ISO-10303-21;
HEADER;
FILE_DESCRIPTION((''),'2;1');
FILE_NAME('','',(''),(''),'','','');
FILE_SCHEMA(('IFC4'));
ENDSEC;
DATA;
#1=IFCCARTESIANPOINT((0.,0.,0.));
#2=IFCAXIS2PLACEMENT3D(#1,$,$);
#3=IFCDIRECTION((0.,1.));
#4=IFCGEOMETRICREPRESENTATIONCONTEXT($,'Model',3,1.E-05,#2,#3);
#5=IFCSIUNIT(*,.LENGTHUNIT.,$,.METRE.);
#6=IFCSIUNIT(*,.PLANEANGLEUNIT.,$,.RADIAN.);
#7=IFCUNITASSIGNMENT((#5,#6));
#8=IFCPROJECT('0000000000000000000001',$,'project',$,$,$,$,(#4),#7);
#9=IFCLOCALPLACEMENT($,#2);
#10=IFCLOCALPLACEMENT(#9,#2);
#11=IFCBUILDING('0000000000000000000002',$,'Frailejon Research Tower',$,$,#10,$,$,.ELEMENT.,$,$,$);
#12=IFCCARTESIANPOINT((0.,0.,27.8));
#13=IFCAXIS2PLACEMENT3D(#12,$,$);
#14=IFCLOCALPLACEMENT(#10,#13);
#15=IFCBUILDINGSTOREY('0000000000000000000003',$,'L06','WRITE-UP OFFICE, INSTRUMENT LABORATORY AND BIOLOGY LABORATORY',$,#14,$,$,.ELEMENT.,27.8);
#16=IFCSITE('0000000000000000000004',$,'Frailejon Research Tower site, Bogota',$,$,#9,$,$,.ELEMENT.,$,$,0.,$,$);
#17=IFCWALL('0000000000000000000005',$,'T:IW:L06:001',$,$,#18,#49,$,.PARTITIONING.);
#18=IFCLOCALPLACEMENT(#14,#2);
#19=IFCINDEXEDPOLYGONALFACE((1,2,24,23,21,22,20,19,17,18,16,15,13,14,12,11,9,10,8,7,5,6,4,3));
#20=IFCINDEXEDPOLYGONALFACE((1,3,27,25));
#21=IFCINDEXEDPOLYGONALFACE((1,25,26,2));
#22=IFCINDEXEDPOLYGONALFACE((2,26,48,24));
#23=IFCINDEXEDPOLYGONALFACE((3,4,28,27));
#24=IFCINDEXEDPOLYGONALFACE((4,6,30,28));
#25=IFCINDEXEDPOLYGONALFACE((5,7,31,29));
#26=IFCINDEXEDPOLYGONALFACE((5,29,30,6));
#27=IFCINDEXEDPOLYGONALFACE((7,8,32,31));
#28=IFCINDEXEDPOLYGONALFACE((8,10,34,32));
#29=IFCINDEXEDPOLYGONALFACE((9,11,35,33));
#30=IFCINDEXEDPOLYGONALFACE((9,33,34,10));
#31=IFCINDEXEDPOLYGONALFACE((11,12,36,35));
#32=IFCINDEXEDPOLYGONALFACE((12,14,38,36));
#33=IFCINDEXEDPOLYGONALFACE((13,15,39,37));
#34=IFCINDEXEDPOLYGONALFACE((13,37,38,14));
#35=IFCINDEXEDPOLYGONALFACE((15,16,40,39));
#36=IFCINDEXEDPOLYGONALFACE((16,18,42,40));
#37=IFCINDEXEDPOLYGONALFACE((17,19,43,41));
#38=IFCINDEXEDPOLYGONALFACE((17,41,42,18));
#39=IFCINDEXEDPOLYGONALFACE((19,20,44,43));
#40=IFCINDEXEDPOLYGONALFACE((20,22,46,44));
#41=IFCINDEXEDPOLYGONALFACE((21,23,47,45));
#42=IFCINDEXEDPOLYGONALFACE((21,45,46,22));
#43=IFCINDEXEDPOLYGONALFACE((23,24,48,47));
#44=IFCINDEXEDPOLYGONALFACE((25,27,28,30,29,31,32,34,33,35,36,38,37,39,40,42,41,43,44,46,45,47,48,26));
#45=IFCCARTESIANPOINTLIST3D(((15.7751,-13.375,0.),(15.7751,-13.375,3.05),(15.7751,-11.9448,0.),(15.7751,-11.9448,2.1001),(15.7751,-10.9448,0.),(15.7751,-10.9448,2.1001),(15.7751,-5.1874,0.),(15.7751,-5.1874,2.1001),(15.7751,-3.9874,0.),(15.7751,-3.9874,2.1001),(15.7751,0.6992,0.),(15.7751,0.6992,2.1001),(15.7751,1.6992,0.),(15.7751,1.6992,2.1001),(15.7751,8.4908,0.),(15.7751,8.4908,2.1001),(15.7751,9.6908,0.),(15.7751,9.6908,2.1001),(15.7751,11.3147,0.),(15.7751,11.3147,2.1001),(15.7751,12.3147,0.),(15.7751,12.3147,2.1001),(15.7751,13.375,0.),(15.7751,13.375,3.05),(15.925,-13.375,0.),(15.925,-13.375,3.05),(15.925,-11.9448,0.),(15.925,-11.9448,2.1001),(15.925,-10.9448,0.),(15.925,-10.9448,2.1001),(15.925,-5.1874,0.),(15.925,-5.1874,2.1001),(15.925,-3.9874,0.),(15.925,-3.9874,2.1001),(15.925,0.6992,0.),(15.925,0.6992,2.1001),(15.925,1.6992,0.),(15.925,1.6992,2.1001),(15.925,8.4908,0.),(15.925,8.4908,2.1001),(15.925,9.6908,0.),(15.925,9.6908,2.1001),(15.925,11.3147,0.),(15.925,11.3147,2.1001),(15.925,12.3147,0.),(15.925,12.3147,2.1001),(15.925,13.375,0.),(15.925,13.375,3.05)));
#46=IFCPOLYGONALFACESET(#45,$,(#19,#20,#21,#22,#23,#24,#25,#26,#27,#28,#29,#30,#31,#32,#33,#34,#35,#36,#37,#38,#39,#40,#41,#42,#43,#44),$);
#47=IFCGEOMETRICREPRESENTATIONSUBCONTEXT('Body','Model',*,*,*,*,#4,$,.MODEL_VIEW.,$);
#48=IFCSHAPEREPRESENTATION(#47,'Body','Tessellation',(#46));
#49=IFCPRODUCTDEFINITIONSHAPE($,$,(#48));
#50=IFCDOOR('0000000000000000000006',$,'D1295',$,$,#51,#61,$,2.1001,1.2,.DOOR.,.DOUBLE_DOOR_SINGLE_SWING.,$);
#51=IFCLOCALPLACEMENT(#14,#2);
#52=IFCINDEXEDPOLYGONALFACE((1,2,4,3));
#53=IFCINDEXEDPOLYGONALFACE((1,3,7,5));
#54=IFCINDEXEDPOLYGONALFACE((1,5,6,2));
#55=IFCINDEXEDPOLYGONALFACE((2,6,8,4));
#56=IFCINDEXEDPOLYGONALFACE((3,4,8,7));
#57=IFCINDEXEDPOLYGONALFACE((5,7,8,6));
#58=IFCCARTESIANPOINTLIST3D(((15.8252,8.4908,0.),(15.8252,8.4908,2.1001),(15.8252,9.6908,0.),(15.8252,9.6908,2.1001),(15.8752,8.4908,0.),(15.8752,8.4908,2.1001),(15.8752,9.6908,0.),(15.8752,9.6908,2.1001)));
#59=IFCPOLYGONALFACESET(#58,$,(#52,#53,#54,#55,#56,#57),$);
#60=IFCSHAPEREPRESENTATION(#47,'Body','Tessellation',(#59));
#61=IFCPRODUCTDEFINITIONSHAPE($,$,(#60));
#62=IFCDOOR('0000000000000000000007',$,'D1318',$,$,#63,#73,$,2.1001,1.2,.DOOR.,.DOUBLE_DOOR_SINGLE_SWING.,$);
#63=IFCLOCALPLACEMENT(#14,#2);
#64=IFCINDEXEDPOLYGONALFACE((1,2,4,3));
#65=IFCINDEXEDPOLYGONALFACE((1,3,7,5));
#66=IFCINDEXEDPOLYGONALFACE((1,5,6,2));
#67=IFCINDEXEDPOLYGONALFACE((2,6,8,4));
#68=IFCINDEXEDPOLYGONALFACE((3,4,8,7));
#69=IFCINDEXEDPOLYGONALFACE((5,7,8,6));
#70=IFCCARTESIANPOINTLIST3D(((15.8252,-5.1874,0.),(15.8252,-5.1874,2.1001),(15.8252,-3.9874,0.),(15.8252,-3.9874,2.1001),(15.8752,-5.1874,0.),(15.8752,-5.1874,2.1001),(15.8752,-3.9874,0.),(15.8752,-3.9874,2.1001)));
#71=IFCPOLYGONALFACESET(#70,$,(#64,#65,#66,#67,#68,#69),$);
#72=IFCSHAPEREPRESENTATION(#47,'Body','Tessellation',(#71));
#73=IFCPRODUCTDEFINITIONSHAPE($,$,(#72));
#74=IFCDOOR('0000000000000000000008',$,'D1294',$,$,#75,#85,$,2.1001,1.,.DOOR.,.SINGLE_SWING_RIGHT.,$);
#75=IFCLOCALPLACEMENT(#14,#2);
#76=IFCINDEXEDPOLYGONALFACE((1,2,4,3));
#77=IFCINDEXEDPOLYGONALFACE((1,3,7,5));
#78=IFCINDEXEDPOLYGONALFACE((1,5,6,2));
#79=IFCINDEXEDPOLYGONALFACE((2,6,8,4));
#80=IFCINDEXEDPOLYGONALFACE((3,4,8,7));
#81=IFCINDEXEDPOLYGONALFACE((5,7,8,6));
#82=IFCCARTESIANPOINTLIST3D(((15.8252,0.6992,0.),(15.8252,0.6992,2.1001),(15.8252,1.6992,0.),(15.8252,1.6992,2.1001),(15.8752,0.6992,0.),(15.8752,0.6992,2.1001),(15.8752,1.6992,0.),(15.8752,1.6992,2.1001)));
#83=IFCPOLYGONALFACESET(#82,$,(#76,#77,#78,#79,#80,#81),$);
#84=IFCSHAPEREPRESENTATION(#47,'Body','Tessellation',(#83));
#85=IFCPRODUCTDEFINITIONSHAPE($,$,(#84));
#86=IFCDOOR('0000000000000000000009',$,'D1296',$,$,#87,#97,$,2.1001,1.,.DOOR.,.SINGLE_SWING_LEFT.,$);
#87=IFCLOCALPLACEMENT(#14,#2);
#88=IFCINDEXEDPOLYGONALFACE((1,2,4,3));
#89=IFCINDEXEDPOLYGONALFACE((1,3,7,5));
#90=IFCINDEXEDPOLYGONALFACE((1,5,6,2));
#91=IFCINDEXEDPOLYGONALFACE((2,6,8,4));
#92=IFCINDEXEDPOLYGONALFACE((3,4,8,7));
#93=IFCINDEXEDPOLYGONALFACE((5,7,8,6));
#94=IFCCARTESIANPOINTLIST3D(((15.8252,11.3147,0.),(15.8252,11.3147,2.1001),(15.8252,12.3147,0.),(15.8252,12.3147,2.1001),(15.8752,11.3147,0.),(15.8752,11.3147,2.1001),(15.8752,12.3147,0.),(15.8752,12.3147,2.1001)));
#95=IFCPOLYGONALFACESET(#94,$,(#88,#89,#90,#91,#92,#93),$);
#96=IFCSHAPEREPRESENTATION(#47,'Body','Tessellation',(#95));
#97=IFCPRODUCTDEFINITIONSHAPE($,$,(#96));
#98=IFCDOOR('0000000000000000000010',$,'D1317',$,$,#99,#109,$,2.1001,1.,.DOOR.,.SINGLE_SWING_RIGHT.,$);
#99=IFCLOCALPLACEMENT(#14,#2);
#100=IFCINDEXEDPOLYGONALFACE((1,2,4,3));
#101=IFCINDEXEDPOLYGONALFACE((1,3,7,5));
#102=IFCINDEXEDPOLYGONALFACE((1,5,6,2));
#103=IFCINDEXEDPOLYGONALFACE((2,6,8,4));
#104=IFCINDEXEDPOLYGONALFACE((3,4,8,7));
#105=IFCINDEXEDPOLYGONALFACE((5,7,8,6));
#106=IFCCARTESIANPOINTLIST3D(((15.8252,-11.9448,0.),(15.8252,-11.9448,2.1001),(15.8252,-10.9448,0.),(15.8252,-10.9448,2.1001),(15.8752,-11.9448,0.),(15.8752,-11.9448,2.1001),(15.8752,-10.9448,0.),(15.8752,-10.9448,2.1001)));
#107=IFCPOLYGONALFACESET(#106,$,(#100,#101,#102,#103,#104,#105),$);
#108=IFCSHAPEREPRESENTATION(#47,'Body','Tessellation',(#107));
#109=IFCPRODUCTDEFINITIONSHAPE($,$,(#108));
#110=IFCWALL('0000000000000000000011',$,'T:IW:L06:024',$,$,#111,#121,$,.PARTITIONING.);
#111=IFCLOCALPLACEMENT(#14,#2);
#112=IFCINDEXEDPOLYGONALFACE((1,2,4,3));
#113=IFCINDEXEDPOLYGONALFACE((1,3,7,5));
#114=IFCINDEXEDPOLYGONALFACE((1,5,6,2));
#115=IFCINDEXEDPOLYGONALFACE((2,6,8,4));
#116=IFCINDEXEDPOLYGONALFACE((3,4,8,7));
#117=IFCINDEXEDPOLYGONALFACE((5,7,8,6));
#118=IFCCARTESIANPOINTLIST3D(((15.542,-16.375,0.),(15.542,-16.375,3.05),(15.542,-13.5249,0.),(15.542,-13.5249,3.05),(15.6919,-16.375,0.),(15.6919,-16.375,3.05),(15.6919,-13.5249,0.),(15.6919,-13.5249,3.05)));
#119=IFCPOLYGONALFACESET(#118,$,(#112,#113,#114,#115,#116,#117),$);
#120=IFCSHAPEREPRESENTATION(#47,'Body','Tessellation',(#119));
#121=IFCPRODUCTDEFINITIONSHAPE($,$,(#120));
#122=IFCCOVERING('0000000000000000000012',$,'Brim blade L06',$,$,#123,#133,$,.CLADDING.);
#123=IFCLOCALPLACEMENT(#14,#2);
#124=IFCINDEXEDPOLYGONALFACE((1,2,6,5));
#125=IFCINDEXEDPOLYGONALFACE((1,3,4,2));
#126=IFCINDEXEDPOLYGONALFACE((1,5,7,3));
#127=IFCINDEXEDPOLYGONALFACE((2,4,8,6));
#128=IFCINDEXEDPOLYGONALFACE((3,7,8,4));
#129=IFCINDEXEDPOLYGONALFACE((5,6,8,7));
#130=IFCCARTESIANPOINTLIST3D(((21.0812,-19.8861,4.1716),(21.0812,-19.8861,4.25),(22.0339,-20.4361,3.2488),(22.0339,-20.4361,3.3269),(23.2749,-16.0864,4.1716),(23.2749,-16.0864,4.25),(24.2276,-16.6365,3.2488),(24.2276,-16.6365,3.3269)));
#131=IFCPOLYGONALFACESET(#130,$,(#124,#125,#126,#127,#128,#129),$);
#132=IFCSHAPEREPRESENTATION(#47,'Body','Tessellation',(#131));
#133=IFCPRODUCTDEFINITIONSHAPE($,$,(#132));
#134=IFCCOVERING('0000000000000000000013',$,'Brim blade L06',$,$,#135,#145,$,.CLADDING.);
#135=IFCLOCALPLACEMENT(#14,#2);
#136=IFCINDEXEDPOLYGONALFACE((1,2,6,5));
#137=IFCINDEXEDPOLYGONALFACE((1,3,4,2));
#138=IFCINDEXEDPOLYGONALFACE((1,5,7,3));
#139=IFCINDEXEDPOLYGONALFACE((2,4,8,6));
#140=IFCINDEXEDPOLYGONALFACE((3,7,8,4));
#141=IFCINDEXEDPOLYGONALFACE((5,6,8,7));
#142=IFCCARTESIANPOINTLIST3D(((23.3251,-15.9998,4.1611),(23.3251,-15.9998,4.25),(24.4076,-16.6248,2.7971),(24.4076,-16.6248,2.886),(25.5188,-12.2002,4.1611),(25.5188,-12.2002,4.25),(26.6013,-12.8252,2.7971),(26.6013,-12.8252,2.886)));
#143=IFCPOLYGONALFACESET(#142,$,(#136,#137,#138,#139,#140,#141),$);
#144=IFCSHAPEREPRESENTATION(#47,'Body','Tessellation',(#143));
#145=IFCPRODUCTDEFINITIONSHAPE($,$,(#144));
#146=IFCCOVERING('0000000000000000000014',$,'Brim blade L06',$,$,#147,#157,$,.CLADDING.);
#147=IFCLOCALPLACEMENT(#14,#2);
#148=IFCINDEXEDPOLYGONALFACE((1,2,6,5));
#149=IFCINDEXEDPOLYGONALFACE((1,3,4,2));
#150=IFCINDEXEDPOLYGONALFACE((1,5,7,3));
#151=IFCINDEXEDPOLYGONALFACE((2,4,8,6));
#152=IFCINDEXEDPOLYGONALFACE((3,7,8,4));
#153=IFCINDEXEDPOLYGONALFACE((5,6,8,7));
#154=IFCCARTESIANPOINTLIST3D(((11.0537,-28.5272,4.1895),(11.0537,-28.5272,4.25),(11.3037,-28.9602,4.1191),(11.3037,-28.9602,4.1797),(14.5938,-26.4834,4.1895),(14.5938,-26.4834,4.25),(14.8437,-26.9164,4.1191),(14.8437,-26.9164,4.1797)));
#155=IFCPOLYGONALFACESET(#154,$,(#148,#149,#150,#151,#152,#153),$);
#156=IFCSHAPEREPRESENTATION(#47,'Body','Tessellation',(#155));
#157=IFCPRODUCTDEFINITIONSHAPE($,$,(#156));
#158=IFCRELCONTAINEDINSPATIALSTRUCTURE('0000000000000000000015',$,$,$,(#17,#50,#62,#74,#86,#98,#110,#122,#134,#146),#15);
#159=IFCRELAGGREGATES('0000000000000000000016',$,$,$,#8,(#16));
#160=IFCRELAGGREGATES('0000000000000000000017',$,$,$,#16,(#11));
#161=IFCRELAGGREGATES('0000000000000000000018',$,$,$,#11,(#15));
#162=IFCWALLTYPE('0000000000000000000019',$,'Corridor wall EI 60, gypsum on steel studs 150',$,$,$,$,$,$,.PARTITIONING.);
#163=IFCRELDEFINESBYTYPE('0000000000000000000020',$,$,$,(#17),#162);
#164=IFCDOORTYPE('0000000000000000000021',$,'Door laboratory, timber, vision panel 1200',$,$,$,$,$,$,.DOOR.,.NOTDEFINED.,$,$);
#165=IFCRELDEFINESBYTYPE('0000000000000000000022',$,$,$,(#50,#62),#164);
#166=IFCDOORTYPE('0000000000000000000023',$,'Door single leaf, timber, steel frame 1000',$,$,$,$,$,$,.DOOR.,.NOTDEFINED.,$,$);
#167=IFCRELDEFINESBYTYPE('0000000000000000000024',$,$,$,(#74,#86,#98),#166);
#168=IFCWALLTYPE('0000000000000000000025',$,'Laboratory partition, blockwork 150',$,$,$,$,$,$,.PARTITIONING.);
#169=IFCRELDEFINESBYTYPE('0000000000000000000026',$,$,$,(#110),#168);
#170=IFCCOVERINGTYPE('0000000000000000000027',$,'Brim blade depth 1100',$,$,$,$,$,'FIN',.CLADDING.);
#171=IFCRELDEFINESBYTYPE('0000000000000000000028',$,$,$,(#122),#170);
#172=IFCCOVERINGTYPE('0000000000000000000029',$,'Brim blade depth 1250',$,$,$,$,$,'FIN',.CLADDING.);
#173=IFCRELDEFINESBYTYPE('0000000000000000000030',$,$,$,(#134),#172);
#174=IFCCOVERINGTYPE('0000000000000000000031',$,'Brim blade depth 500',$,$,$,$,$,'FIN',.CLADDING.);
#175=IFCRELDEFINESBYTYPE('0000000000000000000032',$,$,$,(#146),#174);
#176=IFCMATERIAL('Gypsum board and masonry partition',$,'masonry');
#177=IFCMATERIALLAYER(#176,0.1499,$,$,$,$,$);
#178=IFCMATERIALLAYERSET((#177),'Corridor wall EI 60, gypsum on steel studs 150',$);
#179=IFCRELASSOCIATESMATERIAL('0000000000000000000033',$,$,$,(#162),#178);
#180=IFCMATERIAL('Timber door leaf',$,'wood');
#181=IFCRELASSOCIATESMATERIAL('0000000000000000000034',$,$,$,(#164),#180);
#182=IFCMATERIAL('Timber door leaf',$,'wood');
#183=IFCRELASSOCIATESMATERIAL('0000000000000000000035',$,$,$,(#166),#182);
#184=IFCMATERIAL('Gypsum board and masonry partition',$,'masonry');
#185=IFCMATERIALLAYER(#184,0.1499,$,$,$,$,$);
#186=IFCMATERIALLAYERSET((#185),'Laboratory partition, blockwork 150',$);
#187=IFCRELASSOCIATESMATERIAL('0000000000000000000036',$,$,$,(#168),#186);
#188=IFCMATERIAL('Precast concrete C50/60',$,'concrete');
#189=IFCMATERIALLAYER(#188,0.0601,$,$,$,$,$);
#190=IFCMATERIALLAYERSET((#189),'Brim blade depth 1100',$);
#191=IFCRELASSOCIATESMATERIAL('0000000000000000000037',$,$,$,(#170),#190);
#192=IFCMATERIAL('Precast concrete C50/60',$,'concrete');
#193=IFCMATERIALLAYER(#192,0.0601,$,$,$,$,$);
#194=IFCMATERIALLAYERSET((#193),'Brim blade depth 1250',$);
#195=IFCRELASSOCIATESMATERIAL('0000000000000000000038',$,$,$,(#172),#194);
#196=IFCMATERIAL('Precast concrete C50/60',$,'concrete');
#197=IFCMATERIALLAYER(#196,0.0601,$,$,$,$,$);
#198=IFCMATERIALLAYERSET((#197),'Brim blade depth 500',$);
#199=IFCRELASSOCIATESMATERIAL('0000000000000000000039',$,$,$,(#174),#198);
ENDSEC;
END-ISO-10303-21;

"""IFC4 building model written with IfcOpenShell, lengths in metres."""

from ifc_helpers import new_model, si_unit, direction, frame, frame_2d, origin, place, context, subcontext, project, spatial, polyline, rectangle, outline, extrude, material, layer, layer_set, type_object, element, fill, save


model = new_model("IFC4")

# Units and contexts
model_context = context("Model", 3, precision=1e-05, world=origin(), true_north=direction((0.0, 1.0)))
body_context = subcontext(model_context, "Body", "Model", "MODEL_VIEW")
ifc_project = project(units=[si_unit("LENGTHUNIT", "METRE"), si_unit("PLANEANGLEUNIT", "RADIAN")], contexts=[model_context])

# Site, building, storey
site_placement = place(None, origin())
site = spatial("IfcSite", under=ifc_project, at=site_placement, Name="Frailejon Research Tower site, Bogota", CompositionType="ELEMENT", RefElevation=0.0)
building_placement = place(site_placement, origin())
building = spatial("IfcBuilding", under=site, at=building_placement, Name="Frailejon Research Tower", CompositionType="ELEMENT")
storey_placement = place(building_placement, frame((0.0, 0.0, 27.8)))
storey = spatial("IfcBuildingStorey", under=building, at=storey_placement, Name="L06", Description="WRITE-UP OFFICE, INSTRUMENT LABORATORY AND BIOLOGY LABORATORY", CompositionType="ELEMENT", Elevation=27.8)

# Wall, openings, doors
ifc_material_1 = material(Name="Gypsum board and masonry partition", Category="masonry")
ifc_layer_1 = layer(ifc_material_1, 0.1499)
ifc_layer_set_1 = layer_set([ifc_layer_1], Name="Corridor wall EI 60, gypsum on steel studs 150")
wall_type_1 = type_object("IfcWallType", Name="Corridor wall EI 60, gypsum on steel studs 150", PredefinedType="PARTITIONING", material=ifc_layer_set_1)
wall_1_placement = place(storey_placement, frame((15.8501, -13.375, 0.0), z_axis=(0.0, 0.0, 1.0), x_axis=(0.0, 1.0, 0.0)))
wall_1 = element("IfcWall", 1, at=wall_1_placement, inside=storey, type_object=wall_type_1, Name="T:IW:L06:001", PredefinedType="PARTITIONING", context=body_context, shape_type="SweptSolid", body=[
    extrude(rectangle(XDim=26.75, YDim=0.1499, at=frame_2d((13.375, 0.0))), origin(), (0.0, 0.0, 1.0), 3.05),
])
opening_1_placement = place(wall_1_placement, frame((14.0742, 0.0, 0.0)))
opening_1 = element("IfcOpeningElement", 2, at=opening_1_placement, cuts=wall_1, PredefinedType="OPENING", context=body_context, shape_type="SweptSolid", body=[
    extrude(rectangle(XDim=1.0, YDim=2.1001, at=frame_2d((0.5, 1.05))), frame((0.0, 0.085, 0.0), z_axis=(0.0, -1.0, 0.0), x_axis=(1.0, 0.0, 0.0)), (0.0, 0.0, 1.0), 0.1699),
])
opening_2_placement = place(wall_1_placement, frame((21.8657, 0.0, 0.0)))
opening_2 = element("IfcOpeningElement", 3, at=opening_2_placement, cuts=wall_1, PredefinedType="OPENING", context=body_context, shape_type="SweptSolid", body=[
    extrude(rectangle(XDim=1.2, YDim=2.1001, at=frame_2d((0.6001, 1.05))), frame((0.0, 0.085, 0.0), z_axis=(0.0, -1.0, 0.0), x_axis=(1.0, 0.0, 0.0)), (0.0, 0.0, 1.0), 0.1699),
])
opening_3_placement = place(wall_1_placement, frame((24.6897, 0.0, 0.0)))
opening_3 = element("IfcOpeningElement", 4, at=opening_3_placement, cuts=wall_1, PredefinedType="OPENING", context=body_context, shape_type="SweptSolid", body=[
    extrude(rectangle(XDim=1.0, YDim=2.1001, at=frame_2d((0.5, 1.05))), frame((0.0, 0.085, 0.0), z_axis=(0.0, -1.0, 0.0), x_axis=(1.0, 0.0, 0.0)), (0.0, 0.0, 1.0), 0.1699),
])
opening_4_placement = place(wall_1_placement, frame((1.4302, 0.0, 0.0)))
opening_4 = element("IfcOpeningElement", 5, at=opening_4_placement, cuts=wall_1, PredefinedType="OPENING", context=body_context, shape_type="SweptSolid", body=[
    extrude(rectangle(XDim=1.0, YDim=2.1001, at=frame_2d((0.5, 1.05))), frame((0.0, 0.085, 0.0), z_axis=(0.0, -1.0, 0.0), x_axis=(1.0, 0.0, 0.0)), (0.0, 0.0, 1.0), 0.1699),
])
opening_5_placement = place(wall_1_placement, frame((8.1875, 0.0, 0.0)))
opening_5 = element("IfcOpeningElement", 6, at=opening_5_placement, cuts=wall_1, PredefinedType="OPENING", context=body_context, shape_type="SweptSolid", body=[
    extrude(rectangle(XDim=1.2, YDim=2.1001, at=frame_2d((0.6001, 1.05))), frame((0.0, 0.085, 0.0), z_axis=(0.0, -1.0, 0.0), x_axis=(1.0, 0.0, 0.0)), (0.0, 0.0, 1.0), 0.1699),
])
ifc_material_2 = material(Name="Timber door leaf", Category="wood")
door_type_1 = type_object("IfcDoorType", Name="Door laboratory, timber, vision panel 1200", OperationType="NOTDEFINED", PredefinedType="DOOR", material=ifc_material_2)
door_1_placement = place(opening_2_placement, origin())
door_1 = element("IfcDoor", 7, at=door_1_placement, inside=storey, type_object=door_type_1, Name="D1295", OperationType="DOUBLE_DOOR_SINGLE_SWING", OverallHeight=2.1001, OverallWidth=1.2, PredefinedType="DOOR", context=body_context, shape_type="SweptSolid", body=[
    extrude(rectangle(XDim=1.2, YDim=2.1001, at=frame_2d((0.6001, 1.05))), frame((0.0, 0.0249, 0.0), z_axis=(0.0, -1.0, 0.0), x_axis=(1.0, 0.0, 0.0)), (0.0, 0.0, 1.0), 0.05),
])
fill(opening_2, door_1)
door_2_placement = place(opening_5_placement, origin())
door_2 = element("IfcDoor", 8, at=door_2_placement, inside=storey, type_object=door_type_1, Name="D1318", OperationType="DOUBLE_DOOR_SINGLE_SWING", OverallHeight=2.1001, OverallWidth=1.2, PredefinedType="DOOR", context=body_context, shape_type="SweptSolid", body=[
    extrude(rectangle(XDim=1.2, YDim=2.1001, at=frame_2d((0.6001, 1.05))), frame((0.0, 0.0249, 0.0), z_axis=(0.0, -1.0, 0.0), x_axis=(1.0, 0.0, 0.0)), (0.0, 0.0, 1.0), 0.05),
])
fill(opening_5, door_2)
ifc_material_3 = material(Name="Timber door leaf", Category="wood")
door_type_2 = type_object("IfcDoorType", Name="Door single leaf, timber, steel frame 1000", OperationType="NOTDEFINED", PredefinedType="DOOR", material=ifc_material_3)
door_3_placement = place(opening_1_placement, origin())
door_3 = element("IfcDoor", 9, at=door_3_placement, inside=storey, type_object=door_type_2, Name="D1294", OperationType="SINGLE_SWING_RIGHT", OverallHeight=2.1001, OverallWidth=1.0, PredefinedType="DOOR", context=body_context, shape_type="SweptSolid", body=[
    extrude(rectangle(XDim=1.0, YDim=2.1001, at=frame_2d((0.5, 1.05))), frame((0.0, 0.0249, 0.0), z_axis=(0.0, -1.0, 0.0), x_axis=(1.0, 0.0, 0.0)), (0.0, 0.0, 1.0), 0.05),
])
fill(opening_1, door_3)
door_4_placement = place(opening_3_placement, origin())
door_4 = element("IfcDoor", 10, at=door_4_placement, inside=storey, type_object=door_type_2, Name="D1296", OperationType="SINGLE_SWING_LEFT", OverallHeight=2.1001, OverallWidth=1.0, PredefinedType="DOOR", context=body_context, shape_type="SweptSolid", body=[
    extrude(rectangle(XDim=1.0, YDim=2.1001, at=frame_2d((0.5, 1.05))), frame((0.0, 0.0249, 0.0), z_axis=(0.0, -1.0, 0.0), x_axis=(1.0, 0.0, 0.0)), (0.0, 0.0, 1.0), 0.05),
])
fill(opening_3, door_4)
door_5_placement = place(opening_4_placement, origin())
door_5 = element("IfcDoor", 11, at=door_5_placement, inside=storey, type_object=door_type_2, Name="D1317", OperationType="SINGLE_SWING_RIGHT", OverallHeight=2.1001, OverallWidth=1.0, PredefinedType="DOOR", context=body_context, shape_type="SweptSolid", body=[
    extrude(rectangle(XDim=1.0, YDim=2.1001, at=frame_2d((0.5, 1.05))), frame((0.0, 0.0249, 0.0), z_axis=(0.0, -1.0, 0.0), x_axis=(1.0, 0.0, 0.0)), (0.0, 0.0, 1.0), 0.05),
])
fill(opening_4, door_5)

# Wall
ifc_material_4 = material(Name="Gypsum board and masonry partition", Category="masonry")
ifc_layer_2 = layer(ifc_material_4, 0.1499)
ifc_layer_set_2 = layer_set([ifc_layer_2], Name="Laboratory partition, blockwork 150")
wall_type_2 = type_object("IfcWallType", Name="Laboratory partition, blockwork 150", PredefinedType="PARTITIONING", material=ifc_layer_set_2)
wall_2_placement = place(storey_placement, frame((15.6169, -16.375, 0.0), z_axis=(0.0, 0.0, 1.0), x_axis=(0.0, 1.0, 0.0)))
element("IfcWall", 12, at=wall_2_placement, inside=storey, type_object=wall_type_2, Name="T:IW:L06:024", PredefinedType="PARTITIONING", context=body_context, shape_type="SweptSolid", body=[
    extrude(rectangle(XDim=2.8501, YDim=0.1499, at=frame_2d((1.425, 0.0))), origin(), (0.0, 0.0, 1.0), 3.05),
])

# Coverings
ifc_material_5 = material(Name="Precast concrete C50/60", Category="concrete")
ifc_layer_3 = layer(ifc_material_5, 0.0601)
ifc_layer_set_3 = layer_set([ifc_layer_3], Name="Brim blade depth 1100")
covering_type_1 = type_object("IfcCoveringType", Name="Brim blade depth 1100", ElementType="FIN", PredefinedType="CLADDING", material=ifc_layer_set_3)
covering_1_placement = place(storey_placement, frame((23.2749, -16.0864, 4.25), z_axis=(-0.5, -0.866025, 0.0), x_axis=(0.866025, -0.5, 0.0)))
element("IfcCovering", 13, at=covering_1_placement, inside=storey, type_object=covering_type_1, Name="Brim blade L06", PredefinedType="CLADDING", context=body_context, shape_type="SweptSolid", body=[
    extrude(outline(polyline([(0.0, -0.0784), (1.1001, -1.0012), (1.1001, -0.9231), (0.0, 0.0), (0.0, -0.0784)])), origin(), (0.0, 0.0, 1.0), 4.3875),
])
ifc_material_6 = material(Name="Precast concrete C50/60", Category="concrete")
ifc_layer_4 = layer(ifc_material_6, 0.0601)
ifc_layer_set_4 = layer_set([ifc_layer_4], Name="Brim blade depth 1250")
covering_type_2 = type_object("IfcCoveringType", Name="Brim blade depth 1250", ElementType="FIN", PredefinedType="CLADDING", material=ifc_layer_set_4)
covering_2_placement = place(storey_placement, frame((25.5188, -12.2002, 4.25), z_axis=(-0.5, -0.866025, 0.0), x_axis=(0.866025, -0.5, 0.0)))
element("IfcCovering", 14, at=covering_2_placement, inside=storey, type_object=covering_type_2, Name="Brim blade L06", PredefinedType="CLADDING", context=body_context, shape_type="SweptSolid", body=[
    extrude(outline(polyline([(0.0, -0.0889), (1.25, -1.4529), (1.25, -1.364), (0.0, 0.0), (0.0, -0.0889)])), origin(), (0.0, 0.0, 1.0), 4.3875),
])
ifc_material_7 = material(Name="Precast concrete C50/60", Category="concrete")
ifc_layer_5 = layer(ifc_material_7, 0.0601)
ifc_layer_set_5 = layer_set([ifc_layer_5], Name="Brim blade depth 500")
covering_type_3 = type_object("IfcCoveringType", Name="Brim blade depth 500", ElementType="FIN", PredefinedType="CLADDING", material=ifc_layer_set_5)
covering_3_placement = place(storey_placement, frame((14.5938, -26.4834, 4.25), z_axis=(-0.866027, -0.499997, 0.0), x_axis=(0.499997, -0.866027, 0.0)))
element("IfcCovering", 15, at=covering_3_placement, inside=storey, type_object=covering_type_3, Name="Brim blade L06", PredefinedType="CLADDING", context=body_context, shape_type="SweptSolid", body=[
    extrude(outline(polyline([(0.0, -0.0605), (0.5, -0.1309), (0.5, -0.0703), (0.0, 0.0), (0.0, -0.0605)])), origin(), (0.0, 0.0, 1.0), 4.0876),
])

save(model, "model.ifc")
